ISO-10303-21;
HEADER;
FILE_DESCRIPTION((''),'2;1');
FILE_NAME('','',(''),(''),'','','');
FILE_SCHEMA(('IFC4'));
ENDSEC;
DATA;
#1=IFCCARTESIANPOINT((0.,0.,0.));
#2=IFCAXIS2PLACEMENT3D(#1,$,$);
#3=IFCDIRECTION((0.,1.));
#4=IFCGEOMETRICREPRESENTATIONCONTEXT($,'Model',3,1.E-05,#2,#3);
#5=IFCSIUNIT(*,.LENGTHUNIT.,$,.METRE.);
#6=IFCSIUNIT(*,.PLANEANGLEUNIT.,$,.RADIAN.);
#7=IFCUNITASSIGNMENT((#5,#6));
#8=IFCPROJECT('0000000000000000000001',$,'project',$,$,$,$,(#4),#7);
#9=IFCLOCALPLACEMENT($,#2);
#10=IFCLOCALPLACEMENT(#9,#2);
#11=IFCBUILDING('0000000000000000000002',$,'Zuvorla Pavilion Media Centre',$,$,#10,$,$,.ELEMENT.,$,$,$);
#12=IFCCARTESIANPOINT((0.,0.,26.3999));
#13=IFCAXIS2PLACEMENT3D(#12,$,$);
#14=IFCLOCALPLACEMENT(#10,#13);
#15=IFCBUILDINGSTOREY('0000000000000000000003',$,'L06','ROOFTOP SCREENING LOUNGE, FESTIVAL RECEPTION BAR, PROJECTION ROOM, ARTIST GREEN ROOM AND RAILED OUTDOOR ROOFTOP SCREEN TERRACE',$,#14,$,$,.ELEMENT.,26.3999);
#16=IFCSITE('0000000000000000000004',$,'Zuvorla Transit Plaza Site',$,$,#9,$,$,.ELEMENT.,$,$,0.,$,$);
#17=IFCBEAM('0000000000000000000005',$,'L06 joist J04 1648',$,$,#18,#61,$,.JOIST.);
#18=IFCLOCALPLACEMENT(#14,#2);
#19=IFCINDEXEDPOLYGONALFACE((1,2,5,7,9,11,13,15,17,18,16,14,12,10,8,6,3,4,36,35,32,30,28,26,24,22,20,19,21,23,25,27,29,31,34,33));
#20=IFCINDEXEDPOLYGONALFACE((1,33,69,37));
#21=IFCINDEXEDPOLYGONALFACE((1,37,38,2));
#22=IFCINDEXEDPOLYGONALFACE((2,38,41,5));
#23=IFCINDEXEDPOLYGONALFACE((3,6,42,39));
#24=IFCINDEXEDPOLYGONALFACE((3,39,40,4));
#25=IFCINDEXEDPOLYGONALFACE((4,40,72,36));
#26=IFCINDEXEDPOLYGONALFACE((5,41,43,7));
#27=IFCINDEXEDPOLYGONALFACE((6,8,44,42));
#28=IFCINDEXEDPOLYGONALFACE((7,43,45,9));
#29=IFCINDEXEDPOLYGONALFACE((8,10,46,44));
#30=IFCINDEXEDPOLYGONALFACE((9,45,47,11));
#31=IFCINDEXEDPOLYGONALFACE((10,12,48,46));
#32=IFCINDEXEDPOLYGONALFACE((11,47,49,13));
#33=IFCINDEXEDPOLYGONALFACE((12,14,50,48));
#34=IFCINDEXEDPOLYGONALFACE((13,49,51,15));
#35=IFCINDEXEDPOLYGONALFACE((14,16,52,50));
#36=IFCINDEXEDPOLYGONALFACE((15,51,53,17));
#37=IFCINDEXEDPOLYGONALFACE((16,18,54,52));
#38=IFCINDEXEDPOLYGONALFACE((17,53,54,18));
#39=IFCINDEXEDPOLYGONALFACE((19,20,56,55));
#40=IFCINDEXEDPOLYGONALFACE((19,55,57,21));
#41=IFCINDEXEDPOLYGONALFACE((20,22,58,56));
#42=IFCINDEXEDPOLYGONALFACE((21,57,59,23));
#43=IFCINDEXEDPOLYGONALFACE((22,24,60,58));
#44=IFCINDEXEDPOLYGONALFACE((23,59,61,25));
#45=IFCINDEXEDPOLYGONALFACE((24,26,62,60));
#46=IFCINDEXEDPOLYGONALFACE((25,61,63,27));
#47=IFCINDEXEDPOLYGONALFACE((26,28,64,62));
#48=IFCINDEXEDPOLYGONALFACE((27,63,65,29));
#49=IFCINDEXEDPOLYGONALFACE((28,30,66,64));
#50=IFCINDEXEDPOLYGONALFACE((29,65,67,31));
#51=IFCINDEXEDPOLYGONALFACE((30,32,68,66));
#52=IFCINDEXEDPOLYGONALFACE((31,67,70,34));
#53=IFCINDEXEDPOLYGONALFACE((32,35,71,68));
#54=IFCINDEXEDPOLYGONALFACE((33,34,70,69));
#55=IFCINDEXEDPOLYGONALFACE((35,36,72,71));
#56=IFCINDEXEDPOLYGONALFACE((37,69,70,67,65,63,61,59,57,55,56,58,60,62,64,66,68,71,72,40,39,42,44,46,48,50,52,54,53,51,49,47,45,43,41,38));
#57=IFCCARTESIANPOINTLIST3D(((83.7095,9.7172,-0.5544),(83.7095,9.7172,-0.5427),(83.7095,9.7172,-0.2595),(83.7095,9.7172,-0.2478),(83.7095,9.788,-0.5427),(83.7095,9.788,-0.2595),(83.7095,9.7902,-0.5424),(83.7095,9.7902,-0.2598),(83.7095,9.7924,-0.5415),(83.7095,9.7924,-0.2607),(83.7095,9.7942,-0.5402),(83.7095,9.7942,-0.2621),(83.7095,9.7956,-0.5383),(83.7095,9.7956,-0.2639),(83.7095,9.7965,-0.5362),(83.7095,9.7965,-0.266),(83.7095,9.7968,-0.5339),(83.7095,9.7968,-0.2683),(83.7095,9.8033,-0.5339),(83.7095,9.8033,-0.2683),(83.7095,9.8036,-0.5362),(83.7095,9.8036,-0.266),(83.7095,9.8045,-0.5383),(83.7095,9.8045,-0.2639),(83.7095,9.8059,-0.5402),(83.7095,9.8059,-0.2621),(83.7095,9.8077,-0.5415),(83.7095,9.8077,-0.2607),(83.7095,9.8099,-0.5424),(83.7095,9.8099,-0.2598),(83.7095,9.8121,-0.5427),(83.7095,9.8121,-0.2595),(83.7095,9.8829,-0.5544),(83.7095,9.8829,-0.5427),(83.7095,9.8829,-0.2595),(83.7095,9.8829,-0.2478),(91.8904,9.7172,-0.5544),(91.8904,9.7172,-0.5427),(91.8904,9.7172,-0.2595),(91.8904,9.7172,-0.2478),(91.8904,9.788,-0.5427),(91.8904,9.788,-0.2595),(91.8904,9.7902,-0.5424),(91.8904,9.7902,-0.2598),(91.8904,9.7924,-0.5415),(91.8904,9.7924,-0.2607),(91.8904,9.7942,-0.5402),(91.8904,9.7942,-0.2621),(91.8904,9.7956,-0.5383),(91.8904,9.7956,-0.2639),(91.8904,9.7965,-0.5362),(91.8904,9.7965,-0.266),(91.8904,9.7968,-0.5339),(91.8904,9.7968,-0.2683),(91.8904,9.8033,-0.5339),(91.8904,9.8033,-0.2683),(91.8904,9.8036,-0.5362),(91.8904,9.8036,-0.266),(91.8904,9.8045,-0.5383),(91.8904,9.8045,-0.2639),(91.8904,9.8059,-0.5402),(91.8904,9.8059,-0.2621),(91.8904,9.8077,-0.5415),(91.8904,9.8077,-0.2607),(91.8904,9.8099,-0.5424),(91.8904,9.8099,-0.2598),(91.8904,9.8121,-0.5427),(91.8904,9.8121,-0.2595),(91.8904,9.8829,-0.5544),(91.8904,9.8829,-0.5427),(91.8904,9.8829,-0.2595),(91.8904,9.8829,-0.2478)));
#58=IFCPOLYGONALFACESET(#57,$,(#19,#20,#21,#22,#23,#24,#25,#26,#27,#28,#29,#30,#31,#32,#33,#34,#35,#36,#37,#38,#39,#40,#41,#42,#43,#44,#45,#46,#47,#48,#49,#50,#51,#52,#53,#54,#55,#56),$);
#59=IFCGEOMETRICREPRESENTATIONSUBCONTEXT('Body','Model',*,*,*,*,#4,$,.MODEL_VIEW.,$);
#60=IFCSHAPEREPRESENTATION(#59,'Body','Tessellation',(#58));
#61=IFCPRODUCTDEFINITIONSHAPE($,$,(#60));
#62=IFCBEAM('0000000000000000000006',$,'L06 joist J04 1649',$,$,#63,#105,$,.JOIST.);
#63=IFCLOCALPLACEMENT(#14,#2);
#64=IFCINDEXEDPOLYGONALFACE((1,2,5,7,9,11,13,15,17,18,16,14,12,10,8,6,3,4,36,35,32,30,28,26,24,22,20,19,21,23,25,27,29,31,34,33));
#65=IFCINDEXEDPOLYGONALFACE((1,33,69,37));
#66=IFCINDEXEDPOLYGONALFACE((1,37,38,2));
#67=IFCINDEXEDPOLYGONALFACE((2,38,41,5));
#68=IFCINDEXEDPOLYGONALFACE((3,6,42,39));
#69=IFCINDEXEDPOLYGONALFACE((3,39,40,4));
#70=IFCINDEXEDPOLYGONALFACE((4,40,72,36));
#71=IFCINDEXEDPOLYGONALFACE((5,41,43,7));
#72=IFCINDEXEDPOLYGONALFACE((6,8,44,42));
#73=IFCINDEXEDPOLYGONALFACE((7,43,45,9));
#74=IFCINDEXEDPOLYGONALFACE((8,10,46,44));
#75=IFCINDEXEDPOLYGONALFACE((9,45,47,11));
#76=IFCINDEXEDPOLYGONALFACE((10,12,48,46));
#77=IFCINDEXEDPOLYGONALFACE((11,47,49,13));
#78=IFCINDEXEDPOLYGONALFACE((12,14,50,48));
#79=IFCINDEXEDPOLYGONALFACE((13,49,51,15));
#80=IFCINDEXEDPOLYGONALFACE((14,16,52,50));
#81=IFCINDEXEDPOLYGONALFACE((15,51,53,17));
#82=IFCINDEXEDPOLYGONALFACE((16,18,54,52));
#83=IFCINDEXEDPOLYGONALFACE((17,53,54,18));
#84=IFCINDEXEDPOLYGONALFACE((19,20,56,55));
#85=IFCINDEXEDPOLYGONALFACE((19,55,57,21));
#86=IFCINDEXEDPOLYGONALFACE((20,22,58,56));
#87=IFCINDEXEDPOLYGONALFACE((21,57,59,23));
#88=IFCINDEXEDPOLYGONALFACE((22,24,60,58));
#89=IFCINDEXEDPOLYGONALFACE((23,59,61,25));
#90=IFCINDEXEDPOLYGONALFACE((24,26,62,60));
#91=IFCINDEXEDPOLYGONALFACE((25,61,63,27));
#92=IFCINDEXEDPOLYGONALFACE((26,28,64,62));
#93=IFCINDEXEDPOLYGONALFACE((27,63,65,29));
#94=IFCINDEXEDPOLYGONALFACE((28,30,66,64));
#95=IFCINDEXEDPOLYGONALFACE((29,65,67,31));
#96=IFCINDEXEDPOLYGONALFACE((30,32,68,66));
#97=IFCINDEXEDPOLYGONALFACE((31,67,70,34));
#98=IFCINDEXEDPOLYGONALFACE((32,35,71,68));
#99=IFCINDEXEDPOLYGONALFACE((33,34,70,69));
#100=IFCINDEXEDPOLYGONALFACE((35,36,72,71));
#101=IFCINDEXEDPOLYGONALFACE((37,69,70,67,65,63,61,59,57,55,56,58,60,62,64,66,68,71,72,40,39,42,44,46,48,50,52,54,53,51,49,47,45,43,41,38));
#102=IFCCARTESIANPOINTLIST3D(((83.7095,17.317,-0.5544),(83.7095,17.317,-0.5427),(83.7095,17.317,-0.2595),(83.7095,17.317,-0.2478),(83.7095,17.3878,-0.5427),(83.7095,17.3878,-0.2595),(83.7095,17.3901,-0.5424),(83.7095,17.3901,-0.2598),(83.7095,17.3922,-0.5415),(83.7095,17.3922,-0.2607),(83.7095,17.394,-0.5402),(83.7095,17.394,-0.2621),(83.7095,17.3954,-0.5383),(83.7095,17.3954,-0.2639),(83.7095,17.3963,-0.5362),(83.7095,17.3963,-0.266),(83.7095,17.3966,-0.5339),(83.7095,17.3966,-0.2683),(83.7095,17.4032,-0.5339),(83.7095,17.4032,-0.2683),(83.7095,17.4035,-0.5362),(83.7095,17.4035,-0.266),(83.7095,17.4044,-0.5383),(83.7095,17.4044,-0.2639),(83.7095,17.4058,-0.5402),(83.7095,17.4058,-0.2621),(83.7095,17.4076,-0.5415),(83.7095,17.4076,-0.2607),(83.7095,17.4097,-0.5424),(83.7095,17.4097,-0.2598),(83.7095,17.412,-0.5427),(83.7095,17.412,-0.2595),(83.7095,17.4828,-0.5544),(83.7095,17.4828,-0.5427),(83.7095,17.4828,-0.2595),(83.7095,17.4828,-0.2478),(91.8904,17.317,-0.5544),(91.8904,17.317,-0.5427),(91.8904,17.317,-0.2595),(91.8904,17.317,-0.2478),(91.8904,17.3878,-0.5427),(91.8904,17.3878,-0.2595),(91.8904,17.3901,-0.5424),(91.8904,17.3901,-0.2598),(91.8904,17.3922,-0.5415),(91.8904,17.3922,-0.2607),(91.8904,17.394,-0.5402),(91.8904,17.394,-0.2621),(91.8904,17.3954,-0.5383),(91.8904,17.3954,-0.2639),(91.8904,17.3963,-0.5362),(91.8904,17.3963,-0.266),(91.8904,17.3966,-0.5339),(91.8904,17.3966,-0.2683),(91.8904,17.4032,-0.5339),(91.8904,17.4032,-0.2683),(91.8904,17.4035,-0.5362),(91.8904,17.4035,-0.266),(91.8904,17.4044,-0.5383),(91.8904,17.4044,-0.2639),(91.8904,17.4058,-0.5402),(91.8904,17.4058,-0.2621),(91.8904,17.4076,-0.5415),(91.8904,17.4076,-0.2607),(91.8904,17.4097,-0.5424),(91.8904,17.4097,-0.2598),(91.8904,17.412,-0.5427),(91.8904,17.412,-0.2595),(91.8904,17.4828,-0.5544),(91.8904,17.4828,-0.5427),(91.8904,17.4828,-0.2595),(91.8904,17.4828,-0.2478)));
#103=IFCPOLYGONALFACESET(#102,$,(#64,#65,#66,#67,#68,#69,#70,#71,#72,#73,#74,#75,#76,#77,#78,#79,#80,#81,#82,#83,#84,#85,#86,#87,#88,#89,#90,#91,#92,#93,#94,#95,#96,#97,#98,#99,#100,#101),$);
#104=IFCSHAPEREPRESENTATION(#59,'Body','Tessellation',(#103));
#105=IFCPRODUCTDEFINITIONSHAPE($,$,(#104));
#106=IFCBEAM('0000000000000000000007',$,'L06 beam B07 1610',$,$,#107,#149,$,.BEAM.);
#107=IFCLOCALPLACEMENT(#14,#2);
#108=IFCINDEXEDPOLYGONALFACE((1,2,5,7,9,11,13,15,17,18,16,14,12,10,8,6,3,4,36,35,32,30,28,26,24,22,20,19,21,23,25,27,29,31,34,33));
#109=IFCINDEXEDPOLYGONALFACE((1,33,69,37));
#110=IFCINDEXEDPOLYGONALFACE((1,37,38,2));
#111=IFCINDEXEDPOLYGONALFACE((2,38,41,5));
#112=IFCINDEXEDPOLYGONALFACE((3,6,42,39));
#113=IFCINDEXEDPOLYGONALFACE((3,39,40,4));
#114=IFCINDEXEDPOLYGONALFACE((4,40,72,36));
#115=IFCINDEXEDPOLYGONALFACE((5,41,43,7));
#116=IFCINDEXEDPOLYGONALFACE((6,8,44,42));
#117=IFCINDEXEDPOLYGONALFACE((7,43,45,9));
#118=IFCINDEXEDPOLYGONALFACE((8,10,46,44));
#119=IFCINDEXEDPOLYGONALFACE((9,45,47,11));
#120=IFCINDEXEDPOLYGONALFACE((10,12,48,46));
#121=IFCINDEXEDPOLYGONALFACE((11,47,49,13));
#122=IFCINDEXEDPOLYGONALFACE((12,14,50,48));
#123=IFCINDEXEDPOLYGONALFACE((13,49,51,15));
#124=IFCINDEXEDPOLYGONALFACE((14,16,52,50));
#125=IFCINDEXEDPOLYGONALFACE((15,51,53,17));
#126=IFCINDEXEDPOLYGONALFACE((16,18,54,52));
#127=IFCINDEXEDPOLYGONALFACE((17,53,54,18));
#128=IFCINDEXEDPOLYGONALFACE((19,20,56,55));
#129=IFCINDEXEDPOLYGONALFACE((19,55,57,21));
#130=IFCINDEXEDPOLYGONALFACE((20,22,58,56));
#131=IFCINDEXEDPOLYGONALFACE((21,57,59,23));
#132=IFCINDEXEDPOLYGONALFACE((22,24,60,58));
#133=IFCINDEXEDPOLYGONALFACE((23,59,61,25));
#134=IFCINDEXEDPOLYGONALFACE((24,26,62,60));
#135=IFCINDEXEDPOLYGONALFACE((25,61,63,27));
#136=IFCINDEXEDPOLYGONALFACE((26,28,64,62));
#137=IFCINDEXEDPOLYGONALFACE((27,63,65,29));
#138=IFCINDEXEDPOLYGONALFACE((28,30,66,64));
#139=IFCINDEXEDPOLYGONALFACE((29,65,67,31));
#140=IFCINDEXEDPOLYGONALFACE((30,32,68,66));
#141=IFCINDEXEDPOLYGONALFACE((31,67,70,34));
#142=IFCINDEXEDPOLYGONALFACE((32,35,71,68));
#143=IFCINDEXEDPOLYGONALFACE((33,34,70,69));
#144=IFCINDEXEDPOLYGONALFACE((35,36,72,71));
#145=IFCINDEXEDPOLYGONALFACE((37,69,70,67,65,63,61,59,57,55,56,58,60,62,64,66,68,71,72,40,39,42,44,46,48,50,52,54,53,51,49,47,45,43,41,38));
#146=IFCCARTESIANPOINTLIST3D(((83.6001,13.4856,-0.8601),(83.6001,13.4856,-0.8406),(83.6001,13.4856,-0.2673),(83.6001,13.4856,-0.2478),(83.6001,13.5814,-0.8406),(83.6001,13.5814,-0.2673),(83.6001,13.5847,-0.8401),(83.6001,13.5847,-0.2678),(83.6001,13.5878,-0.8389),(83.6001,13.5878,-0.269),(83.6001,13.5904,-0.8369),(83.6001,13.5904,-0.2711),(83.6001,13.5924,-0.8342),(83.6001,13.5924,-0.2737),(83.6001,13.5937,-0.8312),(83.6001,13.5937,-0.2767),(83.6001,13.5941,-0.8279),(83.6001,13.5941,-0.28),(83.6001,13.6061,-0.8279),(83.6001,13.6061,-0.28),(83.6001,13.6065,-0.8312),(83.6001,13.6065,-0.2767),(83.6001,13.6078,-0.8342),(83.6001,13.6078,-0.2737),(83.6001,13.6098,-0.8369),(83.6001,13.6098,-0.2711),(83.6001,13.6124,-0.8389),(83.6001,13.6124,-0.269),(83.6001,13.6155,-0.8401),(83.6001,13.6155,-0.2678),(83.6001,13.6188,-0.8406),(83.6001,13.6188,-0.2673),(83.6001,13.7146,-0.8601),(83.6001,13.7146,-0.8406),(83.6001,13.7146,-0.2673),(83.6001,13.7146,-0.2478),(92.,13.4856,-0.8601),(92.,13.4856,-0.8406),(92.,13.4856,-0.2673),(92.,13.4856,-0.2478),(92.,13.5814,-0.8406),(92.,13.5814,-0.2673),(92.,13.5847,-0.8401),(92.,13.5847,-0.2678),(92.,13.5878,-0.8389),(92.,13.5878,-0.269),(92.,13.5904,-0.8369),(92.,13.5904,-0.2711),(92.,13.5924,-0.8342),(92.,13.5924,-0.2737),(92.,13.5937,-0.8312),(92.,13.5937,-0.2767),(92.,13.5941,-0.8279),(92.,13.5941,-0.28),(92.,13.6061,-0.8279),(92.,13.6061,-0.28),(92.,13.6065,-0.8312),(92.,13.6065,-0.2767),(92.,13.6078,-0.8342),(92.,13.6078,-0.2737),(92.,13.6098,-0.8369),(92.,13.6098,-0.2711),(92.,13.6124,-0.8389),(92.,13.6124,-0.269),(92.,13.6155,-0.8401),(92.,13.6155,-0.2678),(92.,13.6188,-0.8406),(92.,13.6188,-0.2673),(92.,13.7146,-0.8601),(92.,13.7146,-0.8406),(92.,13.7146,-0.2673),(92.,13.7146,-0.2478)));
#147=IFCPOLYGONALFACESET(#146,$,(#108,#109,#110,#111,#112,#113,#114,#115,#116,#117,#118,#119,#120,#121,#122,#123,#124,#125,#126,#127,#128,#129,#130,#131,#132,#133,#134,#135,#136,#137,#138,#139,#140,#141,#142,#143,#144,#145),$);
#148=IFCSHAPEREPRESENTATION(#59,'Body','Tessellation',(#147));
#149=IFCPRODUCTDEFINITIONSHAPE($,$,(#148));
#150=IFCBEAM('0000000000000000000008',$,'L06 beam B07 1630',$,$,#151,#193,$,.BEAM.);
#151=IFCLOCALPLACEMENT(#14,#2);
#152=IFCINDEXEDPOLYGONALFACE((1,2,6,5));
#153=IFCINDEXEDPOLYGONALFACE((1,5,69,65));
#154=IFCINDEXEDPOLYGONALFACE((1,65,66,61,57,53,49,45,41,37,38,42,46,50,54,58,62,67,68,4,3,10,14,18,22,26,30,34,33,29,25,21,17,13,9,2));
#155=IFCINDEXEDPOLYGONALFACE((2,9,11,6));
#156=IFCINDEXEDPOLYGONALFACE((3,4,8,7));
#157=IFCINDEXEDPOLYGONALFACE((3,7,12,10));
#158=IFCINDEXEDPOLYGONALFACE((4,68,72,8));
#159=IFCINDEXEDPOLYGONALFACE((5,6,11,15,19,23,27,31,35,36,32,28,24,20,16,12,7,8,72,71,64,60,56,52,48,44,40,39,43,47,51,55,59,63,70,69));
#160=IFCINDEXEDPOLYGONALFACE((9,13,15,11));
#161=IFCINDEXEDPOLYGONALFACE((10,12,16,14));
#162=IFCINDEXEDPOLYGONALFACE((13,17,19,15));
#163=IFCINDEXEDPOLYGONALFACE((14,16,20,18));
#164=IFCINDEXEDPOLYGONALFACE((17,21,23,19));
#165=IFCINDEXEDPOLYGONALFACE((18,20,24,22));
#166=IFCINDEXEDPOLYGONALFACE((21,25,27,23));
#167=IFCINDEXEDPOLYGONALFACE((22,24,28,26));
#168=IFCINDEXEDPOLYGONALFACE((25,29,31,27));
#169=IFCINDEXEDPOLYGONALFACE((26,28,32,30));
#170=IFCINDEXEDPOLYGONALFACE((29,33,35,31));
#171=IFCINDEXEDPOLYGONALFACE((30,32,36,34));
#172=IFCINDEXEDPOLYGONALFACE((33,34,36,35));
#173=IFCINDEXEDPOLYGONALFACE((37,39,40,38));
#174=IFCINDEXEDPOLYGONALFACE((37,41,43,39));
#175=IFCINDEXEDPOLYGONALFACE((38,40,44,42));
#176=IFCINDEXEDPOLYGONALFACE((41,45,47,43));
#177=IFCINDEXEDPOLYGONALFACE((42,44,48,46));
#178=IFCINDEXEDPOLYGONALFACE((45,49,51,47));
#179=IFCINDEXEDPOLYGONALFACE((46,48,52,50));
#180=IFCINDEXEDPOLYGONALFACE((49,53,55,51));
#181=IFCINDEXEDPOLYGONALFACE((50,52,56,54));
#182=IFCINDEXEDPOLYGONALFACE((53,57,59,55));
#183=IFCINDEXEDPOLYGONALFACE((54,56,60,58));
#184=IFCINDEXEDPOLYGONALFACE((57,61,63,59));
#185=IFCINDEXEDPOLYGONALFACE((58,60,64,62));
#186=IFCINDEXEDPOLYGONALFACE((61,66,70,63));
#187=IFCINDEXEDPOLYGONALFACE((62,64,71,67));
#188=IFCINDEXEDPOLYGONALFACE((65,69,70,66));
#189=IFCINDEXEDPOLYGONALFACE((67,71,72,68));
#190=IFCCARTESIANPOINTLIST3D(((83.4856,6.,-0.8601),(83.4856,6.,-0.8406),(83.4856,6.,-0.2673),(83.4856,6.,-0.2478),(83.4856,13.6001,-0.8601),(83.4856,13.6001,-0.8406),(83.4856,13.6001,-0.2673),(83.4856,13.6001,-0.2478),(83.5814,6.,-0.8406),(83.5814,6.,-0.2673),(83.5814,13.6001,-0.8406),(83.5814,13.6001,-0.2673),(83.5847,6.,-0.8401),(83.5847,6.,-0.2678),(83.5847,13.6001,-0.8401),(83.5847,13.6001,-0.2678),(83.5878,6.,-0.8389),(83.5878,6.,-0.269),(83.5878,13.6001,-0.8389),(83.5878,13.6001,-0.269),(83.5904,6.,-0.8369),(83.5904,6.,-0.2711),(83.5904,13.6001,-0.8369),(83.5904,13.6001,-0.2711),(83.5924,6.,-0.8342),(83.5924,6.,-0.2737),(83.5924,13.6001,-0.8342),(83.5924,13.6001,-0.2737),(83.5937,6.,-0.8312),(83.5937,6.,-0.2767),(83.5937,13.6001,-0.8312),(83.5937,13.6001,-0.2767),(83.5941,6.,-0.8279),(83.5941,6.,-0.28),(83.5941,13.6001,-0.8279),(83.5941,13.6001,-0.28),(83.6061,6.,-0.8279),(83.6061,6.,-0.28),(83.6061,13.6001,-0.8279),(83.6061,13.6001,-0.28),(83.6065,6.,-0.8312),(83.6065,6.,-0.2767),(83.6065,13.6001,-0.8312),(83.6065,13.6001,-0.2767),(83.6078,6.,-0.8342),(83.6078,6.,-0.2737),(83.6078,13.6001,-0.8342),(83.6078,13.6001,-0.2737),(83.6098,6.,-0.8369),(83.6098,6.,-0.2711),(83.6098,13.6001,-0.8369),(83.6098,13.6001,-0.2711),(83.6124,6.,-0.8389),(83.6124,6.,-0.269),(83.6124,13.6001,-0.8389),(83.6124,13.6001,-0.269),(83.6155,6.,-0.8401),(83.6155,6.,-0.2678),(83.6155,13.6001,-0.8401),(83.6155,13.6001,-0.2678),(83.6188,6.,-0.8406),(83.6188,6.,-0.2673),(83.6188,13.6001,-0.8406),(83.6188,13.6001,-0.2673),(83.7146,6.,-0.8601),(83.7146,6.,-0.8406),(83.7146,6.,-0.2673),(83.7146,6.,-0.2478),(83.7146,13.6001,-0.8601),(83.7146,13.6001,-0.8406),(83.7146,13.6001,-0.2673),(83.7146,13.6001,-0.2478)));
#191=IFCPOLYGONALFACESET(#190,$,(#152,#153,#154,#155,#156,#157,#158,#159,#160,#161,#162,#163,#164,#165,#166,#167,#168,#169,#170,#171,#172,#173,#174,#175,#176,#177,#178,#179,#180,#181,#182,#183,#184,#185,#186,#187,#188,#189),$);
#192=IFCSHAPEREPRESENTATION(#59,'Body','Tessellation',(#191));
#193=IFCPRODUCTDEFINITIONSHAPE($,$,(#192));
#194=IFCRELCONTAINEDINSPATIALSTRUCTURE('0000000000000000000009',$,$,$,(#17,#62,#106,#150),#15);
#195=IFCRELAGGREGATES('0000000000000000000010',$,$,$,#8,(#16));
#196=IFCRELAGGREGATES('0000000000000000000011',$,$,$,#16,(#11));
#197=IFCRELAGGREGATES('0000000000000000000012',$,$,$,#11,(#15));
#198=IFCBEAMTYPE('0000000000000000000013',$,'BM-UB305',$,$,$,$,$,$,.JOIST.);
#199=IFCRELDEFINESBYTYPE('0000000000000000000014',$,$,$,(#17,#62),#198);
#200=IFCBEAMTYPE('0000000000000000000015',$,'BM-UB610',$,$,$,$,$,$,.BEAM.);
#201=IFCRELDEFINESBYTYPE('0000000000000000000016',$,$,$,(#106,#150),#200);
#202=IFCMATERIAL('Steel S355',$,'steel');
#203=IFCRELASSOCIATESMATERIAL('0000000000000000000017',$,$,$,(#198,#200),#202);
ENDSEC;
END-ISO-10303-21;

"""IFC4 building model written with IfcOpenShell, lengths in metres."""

from ifc_helpers import new_model, si_unit, direction, frame, origin, origin_2d, place, context, subcontext, project, spatial, i_section, extrude, material, material_profile, profile_set, type_object, element, save


model = new_model("IFC4")

# Units and contexts
model_context = context("Model", 3, precision=1e-05, world=origin(), true_north=direction((0.0, 1.0)))
body_context = subcontext(model_context, "Body", "Model", "MODEL_VIEW")
ifc_project = project(units=[si_unit("LENGTHUNIT", "METRE"), si_unit("PLANEANGLEUNIT", "RADIAN")], contexts=[model_context])

# Site, building, storey
site_placement = place(None, origin())
site = spatial("IfcSite", under=ifc_project, at=site_placement, Name="Zuvorla Transit Plaza Site", CompositionType="ELEMENT", RefElevation=0.0)
building_placement = place(site_placement, origin())
building = spatial("IfcBuilding", under=site, at=building_placement, Name="Zuvorla Pavilion Media Centre", CompositionType="ELEMENT")
storey_placement = place(building_placement, frame((0.0, 0.0, 26.3999)))
storey = spatial("IfcBuildingStorey", under=building, at=storey_placement, Name="L06", Description="ROOFTOP SCREENING LOUNGE, FESTIVAL RECEPTION BAR, PROJECTION ROOM, ARTIST GREEN ROOM AND RAILED OUTDOOR ROOFTOP SCREEN TERRACE", CompositionType="ELEMENT", Elevation=26.3999)

# Shared definitions
ifc_material_1 = material(Name="Steel S355", Category="steel")

# Beams
ifc_material_profile_1 = material_profile(ifc_material_1, i_section(OverallWidth=0.1658, OverallDepth=0.3066, WebThickness=0.0066, FlangeThickness=0.0117, FilletRadius=0.0088, at=origin_2d()), Name="UB 305x165x46")
ifc_profile_set_1 = profile_set([ifc_material_profile_1], Name="Steel S355")
beam_type_1 = type_object("IfcBeamType", Name="BM-UB305", PredefinedType="JOIST", material=ifc_profile_set_1)
for number, where, z_axis, x_axis, name in (
    (1, (83.7095, 9.8, -0.4011), (1.0, 0.0, 0.0), (0.0, 1.0, 0.0), "L06 joist J04 1648"),
    (2, (83.7095, 17.3999, -0.4011), (1.0, 0.0, 0.0), (0.0, 1.0, 0.0), "L06 joist J04 1649"),
):
    element("IfcBeam", number, at=place(storey_placement, frame(where, z_axis=z_axis, x_axis=x_axis)), inside=storey, type_object=beam_type_1, Name=name, PredefinedType="JOIST", context=body_context, shape_type="SweptSolid", body=[
        extrude(i_section(OverallWidth=0.1658, OverallDepth=0.3066, WebThickness=0.0066, FlangeThickness=0.0117, FilletRadius=0.0088, at=origin_2d()), origin(), (0.0, 0.0, 1.0), 8.1809),
    ])
ifc_material_profile_2 = material_profile(ifc_material_1, i_section(OverallWidth=0.229, OverallDepth=0.6123, WebThickness=0.012, FlangeThickness=0.0195, FilletRadius=0.0127, at=origin_2d()), Name="UB 610x229x125")
ifc_profile_set_2 = profile_set([ifc_material_profile_2], Name="Steel S355")
beam_type_2 = type_object("IfcBeamType", Name="BM-UB610", PredefinedType="BEAM", material=ifc_profile_set_2)
beam_1_placement = place(storey_placement, frame((83.6001, 13.6001, -0.554), z_axis=(1.0, 0.0, 0.0), x_axis=(0.0, 1.0, 0.0)))
element("IfcBeam", 3, at=beam_1_placement, inside=storey, type_object=beam_type_2, Name="L06 beam B07 1610", PredefinedType="BEAM", context=body_context, shape_type="SweptSolid", body=[
    extrude(i_section(OverallWidth=0.229, OverallDepth=0.6123, WebThickness=0.012, FlangeThickness=0.0195, FilletRadius=0.0127, at=origin_2d()), origin(), (0.0, 0.0, 1.0), 8.3999),
])
beam_2_placement = place(storey_placement, frame((83.6001, 6.0, -0.554), z_axis=(0.0, 1.0, 0.0), x_axis=(-1.0, 0.0, 0.0)))
element("IfcBeam", 4, at=beam_2_placement, inside=storey, type_object=beam_type_2, Name="L06 beam B07 1630", PredefinedType="BEAM", context=body_context, shape_type="SweptSolid", body=[
    extrude(i_section(OverallWidth=0.229, OverallDepth=0.6123, WebThickness=0.012, FlangeThickness=0.0195, FilletRadius=0.0127, at=origin_2d()), origin(), (0.0, 0.0, 1.0), 7.6001),
])

save(model, "model.ifc")
